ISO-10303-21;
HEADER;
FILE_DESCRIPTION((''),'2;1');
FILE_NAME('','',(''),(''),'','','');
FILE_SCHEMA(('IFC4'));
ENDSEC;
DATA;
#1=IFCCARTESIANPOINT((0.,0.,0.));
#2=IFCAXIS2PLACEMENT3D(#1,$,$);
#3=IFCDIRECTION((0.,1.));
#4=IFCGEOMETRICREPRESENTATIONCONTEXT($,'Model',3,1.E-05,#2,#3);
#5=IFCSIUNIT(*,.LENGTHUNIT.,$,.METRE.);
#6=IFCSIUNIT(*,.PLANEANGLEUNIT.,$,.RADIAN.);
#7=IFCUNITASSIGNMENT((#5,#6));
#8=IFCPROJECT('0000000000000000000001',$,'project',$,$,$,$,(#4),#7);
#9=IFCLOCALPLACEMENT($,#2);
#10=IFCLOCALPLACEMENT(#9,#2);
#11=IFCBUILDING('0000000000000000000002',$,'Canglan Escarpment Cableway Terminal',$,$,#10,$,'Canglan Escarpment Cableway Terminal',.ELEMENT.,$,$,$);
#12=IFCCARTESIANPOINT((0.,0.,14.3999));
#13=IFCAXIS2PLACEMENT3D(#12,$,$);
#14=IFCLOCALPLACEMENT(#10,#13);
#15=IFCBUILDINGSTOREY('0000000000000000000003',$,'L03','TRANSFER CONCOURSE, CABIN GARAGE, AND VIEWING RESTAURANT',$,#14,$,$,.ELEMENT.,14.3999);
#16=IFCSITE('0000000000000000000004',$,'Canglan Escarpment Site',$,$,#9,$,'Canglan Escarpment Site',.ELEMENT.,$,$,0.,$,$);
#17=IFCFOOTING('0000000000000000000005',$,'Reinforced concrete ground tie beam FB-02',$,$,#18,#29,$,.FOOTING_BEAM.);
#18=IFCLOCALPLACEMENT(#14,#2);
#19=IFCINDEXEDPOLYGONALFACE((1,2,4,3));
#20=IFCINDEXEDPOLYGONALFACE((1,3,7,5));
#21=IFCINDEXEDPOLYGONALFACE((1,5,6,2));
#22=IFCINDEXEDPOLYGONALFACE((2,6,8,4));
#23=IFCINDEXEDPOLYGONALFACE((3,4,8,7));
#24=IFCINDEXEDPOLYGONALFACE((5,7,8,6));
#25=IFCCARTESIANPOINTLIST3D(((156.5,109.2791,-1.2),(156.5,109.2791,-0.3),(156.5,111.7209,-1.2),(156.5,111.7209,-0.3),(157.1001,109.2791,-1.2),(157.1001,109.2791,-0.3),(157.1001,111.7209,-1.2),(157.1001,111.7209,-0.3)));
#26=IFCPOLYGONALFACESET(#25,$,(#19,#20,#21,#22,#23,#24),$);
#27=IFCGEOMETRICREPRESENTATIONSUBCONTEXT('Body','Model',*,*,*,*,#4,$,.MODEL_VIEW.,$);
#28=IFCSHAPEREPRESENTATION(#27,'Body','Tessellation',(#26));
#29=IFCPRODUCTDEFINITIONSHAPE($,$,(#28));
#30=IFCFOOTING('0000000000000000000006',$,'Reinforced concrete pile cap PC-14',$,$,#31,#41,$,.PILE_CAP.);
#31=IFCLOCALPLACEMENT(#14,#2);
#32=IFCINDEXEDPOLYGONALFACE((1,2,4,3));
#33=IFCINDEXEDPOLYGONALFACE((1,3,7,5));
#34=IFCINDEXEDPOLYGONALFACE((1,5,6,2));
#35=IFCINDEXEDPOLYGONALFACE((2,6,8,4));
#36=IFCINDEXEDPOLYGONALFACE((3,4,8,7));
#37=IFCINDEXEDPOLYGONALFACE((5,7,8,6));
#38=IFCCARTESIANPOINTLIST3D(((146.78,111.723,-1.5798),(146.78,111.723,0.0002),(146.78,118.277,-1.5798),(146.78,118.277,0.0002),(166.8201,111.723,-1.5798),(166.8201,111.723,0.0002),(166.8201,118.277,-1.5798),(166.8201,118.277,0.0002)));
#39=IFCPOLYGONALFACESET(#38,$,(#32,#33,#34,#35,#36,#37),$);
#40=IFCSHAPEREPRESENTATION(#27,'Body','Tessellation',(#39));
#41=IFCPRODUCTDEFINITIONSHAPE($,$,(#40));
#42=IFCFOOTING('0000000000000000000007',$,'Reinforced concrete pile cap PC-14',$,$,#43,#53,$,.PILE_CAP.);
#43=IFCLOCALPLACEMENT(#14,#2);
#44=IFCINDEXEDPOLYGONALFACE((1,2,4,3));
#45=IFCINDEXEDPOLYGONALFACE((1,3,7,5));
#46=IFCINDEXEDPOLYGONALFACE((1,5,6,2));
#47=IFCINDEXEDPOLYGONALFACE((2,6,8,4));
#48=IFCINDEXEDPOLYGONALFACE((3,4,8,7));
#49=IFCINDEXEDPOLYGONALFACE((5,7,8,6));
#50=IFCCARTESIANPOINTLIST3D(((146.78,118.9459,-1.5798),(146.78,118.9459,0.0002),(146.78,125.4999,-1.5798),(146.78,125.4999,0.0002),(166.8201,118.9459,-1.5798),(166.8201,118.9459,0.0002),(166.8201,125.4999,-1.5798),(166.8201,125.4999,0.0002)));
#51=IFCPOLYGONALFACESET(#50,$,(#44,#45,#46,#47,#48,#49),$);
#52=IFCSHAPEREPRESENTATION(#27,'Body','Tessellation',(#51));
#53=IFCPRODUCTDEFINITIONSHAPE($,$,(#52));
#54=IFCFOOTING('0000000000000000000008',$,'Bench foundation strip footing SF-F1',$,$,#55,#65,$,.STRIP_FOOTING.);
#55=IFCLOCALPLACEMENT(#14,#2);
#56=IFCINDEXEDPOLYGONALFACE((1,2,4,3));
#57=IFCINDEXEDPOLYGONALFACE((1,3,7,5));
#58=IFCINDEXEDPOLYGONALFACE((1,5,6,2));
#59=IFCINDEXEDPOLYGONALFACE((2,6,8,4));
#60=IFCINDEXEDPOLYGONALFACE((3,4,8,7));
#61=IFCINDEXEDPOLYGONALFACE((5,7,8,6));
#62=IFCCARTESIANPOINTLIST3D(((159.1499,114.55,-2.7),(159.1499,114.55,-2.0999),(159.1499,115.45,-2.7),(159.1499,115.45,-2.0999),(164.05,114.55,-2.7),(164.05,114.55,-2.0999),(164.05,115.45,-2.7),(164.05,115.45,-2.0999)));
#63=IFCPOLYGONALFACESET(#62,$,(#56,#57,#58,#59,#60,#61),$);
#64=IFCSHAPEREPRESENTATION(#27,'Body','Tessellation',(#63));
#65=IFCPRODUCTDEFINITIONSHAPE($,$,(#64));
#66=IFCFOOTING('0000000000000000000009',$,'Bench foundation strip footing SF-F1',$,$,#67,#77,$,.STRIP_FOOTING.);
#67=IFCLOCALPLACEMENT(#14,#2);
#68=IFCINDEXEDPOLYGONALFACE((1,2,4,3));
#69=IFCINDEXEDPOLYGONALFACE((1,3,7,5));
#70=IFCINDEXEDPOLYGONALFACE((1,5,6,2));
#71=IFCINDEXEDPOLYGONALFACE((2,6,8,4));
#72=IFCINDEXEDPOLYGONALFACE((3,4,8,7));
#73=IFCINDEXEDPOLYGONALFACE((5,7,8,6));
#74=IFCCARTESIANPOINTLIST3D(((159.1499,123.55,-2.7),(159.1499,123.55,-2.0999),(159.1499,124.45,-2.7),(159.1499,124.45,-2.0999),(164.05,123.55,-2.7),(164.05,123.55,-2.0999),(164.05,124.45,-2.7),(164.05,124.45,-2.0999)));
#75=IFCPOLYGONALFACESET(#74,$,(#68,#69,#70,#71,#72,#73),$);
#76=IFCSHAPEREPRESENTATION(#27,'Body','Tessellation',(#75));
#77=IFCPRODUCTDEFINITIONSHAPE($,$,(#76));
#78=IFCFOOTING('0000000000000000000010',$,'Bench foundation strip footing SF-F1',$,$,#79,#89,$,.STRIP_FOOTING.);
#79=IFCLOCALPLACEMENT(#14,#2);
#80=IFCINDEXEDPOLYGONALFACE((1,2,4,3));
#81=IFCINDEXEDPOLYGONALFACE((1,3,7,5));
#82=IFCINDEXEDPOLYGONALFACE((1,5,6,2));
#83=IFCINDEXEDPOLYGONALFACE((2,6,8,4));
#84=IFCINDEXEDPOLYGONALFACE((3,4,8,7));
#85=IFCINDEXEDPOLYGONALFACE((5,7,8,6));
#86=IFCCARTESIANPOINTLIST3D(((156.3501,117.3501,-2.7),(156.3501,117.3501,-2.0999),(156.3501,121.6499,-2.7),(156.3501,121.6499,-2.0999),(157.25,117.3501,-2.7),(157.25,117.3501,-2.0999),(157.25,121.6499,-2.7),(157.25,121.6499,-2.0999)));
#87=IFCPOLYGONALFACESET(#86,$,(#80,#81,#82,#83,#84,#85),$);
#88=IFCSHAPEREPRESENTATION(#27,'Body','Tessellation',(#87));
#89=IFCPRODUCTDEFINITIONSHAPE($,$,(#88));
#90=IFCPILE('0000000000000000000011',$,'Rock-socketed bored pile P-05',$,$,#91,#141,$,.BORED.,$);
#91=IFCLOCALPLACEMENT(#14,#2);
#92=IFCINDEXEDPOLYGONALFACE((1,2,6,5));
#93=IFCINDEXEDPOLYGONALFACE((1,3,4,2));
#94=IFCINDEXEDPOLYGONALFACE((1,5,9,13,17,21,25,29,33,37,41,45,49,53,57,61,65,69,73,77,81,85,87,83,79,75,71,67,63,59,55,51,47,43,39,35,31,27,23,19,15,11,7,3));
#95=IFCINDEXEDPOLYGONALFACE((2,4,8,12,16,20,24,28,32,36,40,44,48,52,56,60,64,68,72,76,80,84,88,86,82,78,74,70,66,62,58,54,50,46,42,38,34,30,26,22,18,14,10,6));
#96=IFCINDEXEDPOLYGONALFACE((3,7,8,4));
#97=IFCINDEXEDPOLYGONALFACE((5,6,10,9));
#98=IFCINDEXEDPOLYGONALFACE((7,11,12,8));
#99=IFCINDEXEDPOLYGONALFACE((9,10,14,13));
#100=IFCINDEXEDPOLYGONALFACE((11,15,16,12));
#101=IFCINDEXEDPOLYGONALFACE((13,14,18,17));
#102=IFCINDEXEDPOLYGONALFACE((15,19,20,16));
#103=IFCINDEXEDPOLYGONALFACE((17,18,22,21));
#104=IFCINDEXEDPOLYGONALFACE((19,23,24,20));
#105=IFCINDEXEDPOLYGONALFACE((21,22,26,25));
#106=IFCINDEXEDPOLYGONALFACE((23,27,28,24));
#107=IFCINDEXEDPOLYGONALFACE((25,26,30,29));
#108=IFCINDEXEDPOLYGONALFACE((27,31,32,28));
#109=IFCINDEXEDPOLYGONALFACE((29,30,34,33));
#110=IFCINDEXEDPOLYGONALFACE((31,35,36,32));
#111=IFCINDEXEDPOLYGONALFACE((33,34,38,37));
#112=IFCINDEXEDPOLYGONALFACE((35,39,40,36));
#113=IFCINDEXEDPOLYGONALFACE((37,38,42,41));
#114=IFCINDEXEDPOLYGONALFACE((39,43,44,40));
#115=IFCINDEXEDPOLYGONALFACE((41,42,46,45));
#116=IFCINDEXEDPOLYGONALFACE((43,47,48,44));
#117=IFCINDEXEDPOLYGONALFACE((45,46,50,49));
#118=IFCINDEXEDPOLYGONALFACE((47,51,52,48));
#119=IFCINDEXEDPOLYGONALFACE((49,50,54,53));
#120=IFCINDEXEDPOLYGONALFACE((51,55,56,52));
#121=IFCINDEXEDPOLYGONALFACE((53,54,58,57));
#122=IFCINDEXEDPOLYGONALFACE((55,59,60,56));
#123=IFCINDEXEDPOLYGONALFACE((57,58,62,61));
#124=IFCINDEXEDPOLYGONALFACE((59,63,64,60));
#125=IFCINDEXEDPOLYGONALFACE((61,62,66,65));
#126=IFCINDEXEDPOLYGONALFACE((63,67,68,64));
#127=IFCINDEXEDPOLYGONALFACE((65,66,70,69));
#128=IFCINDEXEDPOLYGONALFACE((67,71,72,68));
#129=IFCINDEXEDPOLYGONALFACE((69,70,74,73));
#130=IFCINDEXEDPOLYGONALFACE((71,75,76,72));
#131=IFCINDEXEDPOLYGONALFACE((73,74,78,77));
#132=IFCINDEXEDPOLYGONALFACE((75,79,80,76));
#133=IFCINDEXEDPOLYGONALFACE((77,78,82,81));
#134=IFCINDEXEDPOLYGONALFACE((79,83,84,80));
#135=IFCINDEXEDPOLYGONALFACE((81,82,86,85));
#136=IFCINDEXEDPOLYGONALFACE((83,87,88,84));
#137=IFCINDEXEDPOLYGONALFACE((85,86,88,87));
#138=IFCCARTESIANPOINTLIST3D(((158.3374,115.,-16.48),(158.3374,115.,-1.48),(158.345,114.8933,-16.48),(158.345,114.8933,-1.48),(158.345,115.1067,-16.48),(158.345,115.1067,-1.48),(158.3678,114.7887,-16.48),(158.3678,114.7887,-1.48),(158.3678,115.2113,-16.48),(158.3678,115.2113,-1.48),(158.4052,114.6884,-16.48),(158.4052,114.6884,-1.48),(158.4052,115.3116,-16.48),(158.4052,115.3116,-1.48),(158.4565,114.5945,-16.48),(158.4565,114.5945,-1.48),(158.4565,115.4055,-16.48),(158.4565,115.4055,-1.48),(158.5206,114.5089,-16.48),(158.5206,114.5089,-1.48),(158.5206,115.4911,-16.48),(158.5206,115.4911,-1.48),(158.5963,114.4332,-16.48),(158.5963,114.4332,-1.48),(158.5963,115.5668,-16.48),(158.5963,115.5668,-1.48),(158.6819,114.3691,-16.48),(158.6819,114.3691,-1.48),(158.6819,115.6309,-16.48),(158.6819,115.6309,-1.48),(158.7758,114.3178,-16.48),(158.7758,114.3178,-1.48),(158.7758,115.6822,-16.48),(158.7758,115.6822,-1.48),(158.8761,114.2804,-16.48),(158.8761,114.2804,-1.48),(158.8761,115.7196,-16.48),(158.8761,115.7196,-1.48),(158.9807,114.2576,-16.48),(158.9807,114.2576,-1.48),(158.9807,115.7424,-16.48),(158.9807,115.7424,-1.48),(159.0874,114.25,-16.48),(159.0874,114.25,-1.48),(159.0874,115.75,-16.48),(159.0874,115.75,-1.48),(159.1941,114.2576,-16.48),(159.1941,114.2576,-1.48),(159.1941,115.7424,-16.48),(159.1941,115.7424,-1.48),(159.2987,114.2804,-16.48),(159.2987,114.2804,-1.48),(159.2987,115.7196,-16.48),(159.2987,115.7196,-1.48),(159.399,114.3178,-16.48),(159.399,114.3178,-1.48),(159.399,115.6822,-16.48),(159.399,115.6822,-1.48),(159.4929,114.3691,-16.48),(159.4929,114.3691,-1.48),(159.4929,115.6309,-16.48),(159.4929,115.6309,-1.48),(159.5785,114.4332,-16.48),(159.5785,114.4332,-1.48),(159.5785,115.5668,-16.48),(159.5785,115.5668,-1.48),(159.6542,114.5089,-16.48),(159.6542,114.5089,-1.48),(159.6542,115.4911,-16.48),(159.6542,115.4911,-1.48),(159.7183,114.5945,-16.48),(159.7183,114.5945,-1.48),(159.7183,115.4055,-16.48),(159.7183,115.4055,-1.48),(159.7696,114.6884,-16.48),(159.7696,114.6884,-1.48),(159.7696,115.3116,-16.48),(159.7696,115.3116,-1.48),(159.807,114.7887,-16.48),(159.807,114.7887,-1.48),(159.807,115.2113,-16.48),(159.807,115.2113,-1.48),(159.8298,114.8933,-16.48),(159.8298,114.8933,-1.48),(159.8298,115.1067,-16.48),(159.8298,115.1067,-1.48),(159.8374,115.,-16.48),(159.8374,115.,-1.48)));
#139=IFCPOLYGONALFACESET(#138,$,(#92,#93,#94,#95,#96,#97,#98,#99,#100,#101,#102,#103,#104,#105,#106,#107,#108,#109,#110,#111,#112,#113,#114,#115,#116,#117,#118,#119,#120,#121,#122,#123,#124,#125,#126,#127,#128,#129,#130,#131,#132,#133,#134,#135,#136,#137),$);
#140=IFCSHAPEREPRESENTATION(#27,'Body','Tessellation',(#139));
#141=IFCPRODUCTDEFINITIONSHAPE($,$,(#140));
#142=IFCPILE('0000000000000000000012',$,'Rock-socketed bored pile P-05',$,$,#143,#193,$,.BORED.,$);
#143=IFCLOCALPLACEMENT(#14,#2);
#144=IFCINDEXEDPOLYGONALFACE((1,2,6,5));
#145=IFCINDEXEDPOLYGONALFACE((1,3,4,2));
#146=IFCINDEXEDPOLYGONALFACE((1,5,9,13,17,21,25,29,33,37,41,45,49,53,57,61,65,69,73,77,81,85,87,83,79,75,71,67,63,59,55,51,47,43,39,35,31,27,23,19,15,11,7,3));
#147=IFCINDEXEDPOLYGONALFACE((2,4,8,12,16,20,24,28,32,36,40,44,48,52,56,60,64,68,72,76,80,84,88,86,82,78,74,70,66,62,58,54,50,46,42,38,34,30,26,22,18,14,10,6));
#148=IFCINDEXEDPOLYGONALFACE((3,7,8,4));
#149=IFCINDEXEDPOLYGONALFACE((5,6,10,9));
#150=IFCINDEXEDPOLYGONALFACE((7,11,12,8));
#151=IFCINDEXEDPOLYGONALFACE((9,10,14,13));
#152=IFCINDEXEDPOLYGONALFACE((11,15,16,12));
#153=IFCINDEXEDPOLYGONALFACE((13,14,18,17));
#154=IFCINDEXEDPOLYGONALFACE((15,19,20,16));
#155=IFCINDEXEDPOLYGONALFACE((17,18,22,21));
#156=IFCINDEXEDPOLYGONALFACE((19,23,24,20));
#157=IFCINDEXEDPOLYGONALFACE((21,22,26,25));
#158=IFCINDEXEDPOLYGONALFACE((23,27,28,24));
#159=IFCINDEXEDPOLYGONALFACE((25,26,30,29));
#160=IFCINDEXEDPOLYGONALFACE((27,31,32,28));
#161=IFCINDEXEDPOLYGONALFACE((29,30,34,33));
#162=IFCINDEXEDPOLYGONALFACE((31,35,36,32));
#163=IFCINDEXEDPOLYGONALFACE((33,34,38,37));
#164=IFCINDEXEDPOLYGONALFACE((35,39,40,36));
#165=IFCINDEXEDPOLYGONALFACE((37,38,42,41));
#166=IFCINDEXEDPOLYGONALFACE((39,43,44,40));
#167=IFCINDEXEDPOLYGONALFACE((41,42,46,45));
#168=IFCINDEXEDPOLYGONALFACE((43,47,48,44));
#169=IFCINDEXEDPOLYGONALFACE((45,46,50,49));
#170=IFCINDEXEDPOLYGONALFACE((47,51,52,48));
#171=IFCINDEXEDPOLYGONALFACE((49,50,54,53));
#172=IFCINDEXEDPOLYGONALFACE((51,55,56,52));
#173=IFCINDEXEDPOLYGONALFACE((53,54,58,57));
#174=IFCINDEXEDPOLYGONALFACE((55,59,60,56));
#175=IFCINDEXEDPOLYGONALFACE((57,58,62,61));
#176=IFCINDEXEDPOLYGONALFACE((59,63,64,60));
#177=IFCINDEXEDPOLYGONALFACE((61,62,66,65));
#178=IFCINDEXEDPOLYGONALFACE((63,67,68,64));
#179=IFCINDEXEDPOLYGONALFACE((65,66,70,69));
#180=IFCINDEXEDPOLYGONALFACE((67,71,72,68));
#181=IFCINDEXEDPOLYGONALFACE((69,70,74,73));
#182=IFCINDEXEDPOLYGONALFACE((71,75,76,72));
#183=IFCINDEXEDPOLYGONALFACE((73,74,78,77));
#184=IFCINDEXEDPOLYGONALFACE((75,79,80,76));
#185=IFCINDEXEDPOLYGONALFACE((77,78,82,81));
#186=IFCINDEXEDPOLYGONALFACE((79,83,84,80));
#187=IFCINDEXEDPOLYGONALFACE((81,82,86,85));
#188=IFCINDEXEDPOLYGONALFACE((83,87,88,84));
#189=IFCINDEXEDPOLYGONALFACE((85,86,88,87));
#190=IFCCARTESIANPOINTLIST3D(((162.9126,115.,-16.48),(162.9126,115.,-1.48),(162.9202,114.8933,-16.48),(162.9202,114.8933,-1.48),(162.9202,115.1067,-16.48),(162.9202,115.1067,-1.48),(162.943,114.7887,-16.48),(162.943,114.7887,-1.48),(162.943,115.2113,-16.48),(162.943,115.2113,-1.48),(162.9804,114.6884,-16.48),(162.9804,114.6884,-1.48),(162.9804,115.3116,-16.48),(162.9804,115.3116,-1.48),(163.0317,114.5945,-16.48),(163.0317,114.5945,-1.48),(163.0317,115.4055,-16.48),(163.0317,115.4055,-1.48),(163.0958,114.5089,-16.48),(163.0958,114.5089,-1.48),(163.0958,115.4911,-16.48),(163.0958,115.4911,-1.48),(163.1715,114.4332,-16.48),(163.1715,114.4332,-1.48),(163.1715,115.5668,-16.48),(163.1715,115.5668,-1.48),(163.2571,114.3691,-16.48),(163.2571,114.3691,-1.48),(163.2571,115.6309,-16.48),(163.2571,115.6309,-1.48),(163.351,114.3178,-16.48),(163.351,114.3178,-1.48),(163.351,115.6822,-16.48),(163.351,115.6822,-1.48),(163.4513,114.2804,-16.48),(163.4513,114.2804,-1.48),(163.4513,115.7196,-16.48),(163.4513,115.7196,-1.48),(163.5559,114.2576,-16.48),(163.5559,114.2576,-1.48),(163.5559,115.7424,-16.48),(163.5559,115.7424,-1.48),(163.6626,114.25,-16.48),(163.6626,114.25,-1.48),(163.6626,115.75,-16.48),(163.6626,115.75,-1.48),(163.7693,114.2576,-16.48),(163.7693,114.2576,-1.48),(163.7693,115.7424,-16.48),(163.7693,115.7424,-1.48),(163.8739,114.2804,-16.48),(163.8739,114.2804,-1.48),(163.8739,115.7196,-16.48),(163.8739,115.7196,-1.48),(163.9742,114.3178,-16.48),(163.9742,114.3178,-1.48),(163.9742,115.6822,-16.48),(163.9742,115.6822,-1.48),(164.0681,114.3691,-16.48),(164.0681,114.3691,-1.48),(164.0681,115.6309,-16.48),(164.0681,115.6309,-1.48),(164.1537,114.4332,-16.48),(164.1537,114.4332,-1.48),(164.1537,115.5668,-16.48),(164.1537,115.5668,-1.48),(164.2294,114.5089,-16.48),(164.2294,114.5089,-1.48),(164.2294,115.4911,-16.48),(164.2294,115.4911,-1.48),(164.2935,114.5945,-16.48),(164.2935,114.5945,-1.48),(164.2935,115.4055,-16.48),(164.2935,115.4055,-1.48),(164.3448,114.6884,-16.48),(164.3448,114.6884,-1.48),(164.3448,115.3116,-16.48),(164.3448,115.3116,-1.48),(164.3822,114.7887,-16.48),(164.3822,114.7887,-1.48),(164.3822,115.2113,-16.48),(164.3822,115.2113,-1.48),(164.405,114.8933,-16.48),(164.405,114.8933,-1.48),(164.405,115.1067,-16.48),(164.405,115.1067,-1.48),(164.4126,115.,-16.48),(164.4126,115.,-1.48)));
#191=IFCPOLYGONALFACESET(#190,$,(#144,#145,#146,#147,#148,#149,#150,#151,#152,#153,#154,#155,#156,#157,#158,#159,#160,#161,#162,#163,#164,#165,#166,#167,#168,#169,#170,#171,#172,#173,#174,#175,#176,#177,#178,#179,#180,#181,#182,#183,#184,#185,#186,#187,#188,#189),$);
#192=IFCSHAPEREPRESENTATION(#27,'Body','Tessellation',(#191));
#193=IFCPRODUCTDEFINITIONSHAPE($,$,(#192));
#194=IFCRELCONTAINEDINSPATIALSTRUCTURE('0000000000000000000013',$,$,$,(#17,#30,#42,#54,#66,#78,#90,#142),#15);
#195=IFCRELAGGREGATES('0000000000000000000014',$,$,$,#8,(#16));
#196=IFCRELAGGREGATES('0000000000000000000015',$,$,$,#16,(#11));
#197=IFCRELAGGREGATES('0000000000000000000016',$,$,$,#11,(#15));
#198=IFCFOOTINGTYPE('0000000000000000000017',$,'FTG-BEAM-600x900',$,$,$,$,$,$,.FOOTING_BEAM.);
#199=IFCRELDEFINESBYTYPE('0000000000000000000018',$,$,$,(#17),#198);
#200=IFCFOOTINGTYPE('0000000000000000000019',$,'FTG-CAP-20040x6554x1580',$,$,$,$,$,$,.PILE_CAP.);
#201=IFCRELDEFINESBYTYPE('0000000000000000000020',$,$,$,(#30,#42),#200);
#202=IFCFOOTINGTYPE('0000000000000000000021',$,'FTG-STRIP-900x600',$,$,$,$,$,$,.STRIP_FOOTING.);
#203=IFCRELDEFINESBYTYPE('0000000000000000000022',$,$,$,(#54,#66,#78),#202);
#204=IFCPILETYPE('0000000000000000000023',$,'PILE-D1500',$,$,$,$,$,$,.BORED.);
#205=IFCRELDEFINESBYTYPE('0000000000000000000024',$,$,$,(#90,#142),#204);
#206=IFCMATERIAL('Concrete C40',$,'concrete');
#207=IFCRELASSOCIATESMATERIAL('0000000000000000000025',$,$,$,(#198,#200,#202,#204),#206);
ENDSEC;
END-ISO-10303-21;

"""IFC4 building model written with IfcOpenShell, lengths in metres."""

from ifc_helpers import new_model, si_unit, direction, frame, origin, origin_2d, place, context, subcontext, project, spatial, rectangle, circle, extrude, material, material_profile, profile_set, type_object, element, save


model = new_model("IFC4")

# Units and contexts
model_context = context("Model", 3, precision=1e-05, world=origin(), true_north=direction((0.0, 1.0)))
body_context = subcontext(model_context, "Body", "Model", "MODEL_VIEW")
ifc_project = project(units=[si_unit("LENGTHUNIT", "METRE"), si_unit("PLANEANGLEUNIT", "RADIAN")], contexts=[model_context])

# Site, building, storey
site_placement = place(None, origin())
site = spatial("IfcSite", under=ifc_project, at=site_placement, Name="Canglan Escarpment Site", LongName="Canglan Escarpment Site", CompositionType="ELEMENT", RefElevation=0.0)
building_placement = place(site_placement, origin())
building = spatial("IfcBuilding", under=site, at=building_placement, Name="Canglan Escarpment Cableway Terminal", LongName="Canglan Escarpment Cableway Terminal", CompositionType="ELEMENT")
storey_placement = place(building_placement, frame((0.0, 0.0, 14.3999)))
storey = spatial("IfcBuildingStorey", under=building, at=storey_placement, Name="L03", Description="TRANSFER CONCOURSE, CABIN GARAGE, AND VIEWING RESTAURANT", CompositionType="ELEMENT", Elevation=14.3999)

# Footings
ifc_material_1 = material(Name="Concrete C40", Category="concrete")
ifc_material_profile_1 = material_profile(ifc_material_1, rectangle(XDim=0.6001, YDim=0.8999, at=origin_2d()), Name="FB 600x900")
ifc_profile_set_1 = profile_set([ifc_material_profile_1], Name="Concrete C40")
footing_type_1 = type_object("IfcFootingType", Name="FTG-BEAM-600x900", PredefinedType="FOOTING_BEAM", material=ifc_profile_set_1)
footing_1_placement = place(storey_placement, frame((156.8, 109.2791, -0.75), z_axis=(0.0, 1.0, 0.0), x_axis=(-1.0, 0.0, 0.0)))
element("IfcFooting", 1, at=footing_1_placement, inside=storey, type_object=footing_type_1, Name="Reinforced concrete ground tie beam FB-02", PredefinedType="FOOTING_BEAM", context=body_context, shape_type="SweptSolid", body=[
    extrude(rectangle(XDim=0.6001, YDim=0.8999, at=origin_2d()), origin(), (0.0, 0.0, 1.0), 2.4419),
])
footing_type_2 = type_object("IfcFootingType", Name="FTG-CAP-20040x6554x1580", PredefinedType="PILE_CAP", material=ifc_material_1)
for number, where, z_axis, x_axis, name in (
    (2, (156.8, 115.0, -1.5798), (0.0, 0.0, 1.0), (1.0, 0.0, 0.0), "Reinforced concrete pile cap PC-14"),
    (3, (156.8, 122.2229, -1.5798), (0.0, 0.0, 1.0), (1.0, 0.0, 0.0), "Reinforced concrete pile cap PC-14"),
):
    element("IfcFooting", number, at=place(storey_placement, frame(where, z_axis=z_axis, x_axis=x_axis)), inside=storey, type_object=footing_type_2, Name=name, PredefinedType="PILE_CAP", context=body_context, shape_type="SweptSolid", body=[
        extrude(rectangle(XDim=20.04, YDim=6.554, at=origin_2d()), origin(), (0.0, 0.0, 1.0), 1.5801),
    ])
ifc_material_profile_2 = material_profile(ifc_material_1, rectangle(XDim=0.8999, YDim=0.6001, at=origin_2d()), Name="SF 900x600")
ifc_profile_set_2 = profile_set([ifc_material_profile_2], Name="Concrete C40")
footing_type_3 = type_object("IfcFootingType", Name="FTG-STRIP-900x600", PredefinedType="STRIP_FOOTING", material=ifc_profile_set_2)
for number, where, z_axis, x_axis, name in (
    (4, (159.1499, 115.0, -2.3999), (1.0, 0.0, 0.0), (0.0, 1.0, 0.0), "Bench foundation strip footing SF-F1"),
    (5, (159.1499, 124.0, -2.3999), (1.0, 0.0, 0.0), (0.0, 1.0, 0.0), "Bench foundation strip footing SF-F1"),
):
    element("IfcFooting", number, at=place(storey_placement, frame(where, z_axis=z_axis, x_axis=x_axis)), inside=storey, type_object=footing_type_3, Name=name, PredefinedType="STRIP_FOOTING", context=body_context, shape_type="SweptSolid", body=[
        extrude(rectangle(XDim=0.8999, YDim=0.6001, at=origin_2d()), origin(), (0.0, 0.0, 1.0), 4.9001),
    ])
footing_2_placement = place(storey_placement, frame((156.8, 117.3501, -2.3999), z_axis=(0.0, 1.0, 0.0), x_axis=(-1.0, 0.0, 0.0)))
element("IfcFooting", 6, at=footing_2_placement, inside=storey, type_object=footing_type_3, Name="Bench foundation strip footing SF-F1", PredefinedType="STRIP_FOOTING", context=body_context, shape_type="SweptSolid", body=[
    extrude(rectangle(XDim=0.8999, YDim=0.6001, at=origin_2d()), origin(), (0.0, 0.0, 1.0), 4.2998),
])

# Piles
ifc_material_profile_3 = material_profile(ifc_material_1, circle(Radius=0.75, at=origin_2d()), Name="BORED PILE D1500")
ifc_profile_set_3 = profile_set([ifc_material_profile_3], Name="Concrete C40")
pile_type = type_object("IfcPileType", Name="PILE-D1500", PredefinedType="BORED", material=ifc_profile_set_3)
for number, where, z_axis, x_axis, name in (
    (7, (159.0874, 115.0, -1.48), (0.0, 0.0, -1.0), (1.0, 0.0, 0.0), "Rock-socketed bored pile P-05"),
    (8, (163.6626, 115.0, -1.48), (0.0, 0.0, -1.0), (1.0, 0.0, 0.0), "Rock-socketed bored pile P-05"),
):
    element("IfcPile", number, at=place(storey_placement, frame(where, z_axis=z_axis, x_axis=x_axis)), inside=storey, type_object=pile_type, Name=name, PredefinedType="BORED", context=body_context, shape_type="SweptSolid", body=[
        extrude(circle(Radius=0.75, at=origin_2d()), origin(), (0.0, 0.0, 1.0), 15.0),
    ])

save(model, "model.ifc")
